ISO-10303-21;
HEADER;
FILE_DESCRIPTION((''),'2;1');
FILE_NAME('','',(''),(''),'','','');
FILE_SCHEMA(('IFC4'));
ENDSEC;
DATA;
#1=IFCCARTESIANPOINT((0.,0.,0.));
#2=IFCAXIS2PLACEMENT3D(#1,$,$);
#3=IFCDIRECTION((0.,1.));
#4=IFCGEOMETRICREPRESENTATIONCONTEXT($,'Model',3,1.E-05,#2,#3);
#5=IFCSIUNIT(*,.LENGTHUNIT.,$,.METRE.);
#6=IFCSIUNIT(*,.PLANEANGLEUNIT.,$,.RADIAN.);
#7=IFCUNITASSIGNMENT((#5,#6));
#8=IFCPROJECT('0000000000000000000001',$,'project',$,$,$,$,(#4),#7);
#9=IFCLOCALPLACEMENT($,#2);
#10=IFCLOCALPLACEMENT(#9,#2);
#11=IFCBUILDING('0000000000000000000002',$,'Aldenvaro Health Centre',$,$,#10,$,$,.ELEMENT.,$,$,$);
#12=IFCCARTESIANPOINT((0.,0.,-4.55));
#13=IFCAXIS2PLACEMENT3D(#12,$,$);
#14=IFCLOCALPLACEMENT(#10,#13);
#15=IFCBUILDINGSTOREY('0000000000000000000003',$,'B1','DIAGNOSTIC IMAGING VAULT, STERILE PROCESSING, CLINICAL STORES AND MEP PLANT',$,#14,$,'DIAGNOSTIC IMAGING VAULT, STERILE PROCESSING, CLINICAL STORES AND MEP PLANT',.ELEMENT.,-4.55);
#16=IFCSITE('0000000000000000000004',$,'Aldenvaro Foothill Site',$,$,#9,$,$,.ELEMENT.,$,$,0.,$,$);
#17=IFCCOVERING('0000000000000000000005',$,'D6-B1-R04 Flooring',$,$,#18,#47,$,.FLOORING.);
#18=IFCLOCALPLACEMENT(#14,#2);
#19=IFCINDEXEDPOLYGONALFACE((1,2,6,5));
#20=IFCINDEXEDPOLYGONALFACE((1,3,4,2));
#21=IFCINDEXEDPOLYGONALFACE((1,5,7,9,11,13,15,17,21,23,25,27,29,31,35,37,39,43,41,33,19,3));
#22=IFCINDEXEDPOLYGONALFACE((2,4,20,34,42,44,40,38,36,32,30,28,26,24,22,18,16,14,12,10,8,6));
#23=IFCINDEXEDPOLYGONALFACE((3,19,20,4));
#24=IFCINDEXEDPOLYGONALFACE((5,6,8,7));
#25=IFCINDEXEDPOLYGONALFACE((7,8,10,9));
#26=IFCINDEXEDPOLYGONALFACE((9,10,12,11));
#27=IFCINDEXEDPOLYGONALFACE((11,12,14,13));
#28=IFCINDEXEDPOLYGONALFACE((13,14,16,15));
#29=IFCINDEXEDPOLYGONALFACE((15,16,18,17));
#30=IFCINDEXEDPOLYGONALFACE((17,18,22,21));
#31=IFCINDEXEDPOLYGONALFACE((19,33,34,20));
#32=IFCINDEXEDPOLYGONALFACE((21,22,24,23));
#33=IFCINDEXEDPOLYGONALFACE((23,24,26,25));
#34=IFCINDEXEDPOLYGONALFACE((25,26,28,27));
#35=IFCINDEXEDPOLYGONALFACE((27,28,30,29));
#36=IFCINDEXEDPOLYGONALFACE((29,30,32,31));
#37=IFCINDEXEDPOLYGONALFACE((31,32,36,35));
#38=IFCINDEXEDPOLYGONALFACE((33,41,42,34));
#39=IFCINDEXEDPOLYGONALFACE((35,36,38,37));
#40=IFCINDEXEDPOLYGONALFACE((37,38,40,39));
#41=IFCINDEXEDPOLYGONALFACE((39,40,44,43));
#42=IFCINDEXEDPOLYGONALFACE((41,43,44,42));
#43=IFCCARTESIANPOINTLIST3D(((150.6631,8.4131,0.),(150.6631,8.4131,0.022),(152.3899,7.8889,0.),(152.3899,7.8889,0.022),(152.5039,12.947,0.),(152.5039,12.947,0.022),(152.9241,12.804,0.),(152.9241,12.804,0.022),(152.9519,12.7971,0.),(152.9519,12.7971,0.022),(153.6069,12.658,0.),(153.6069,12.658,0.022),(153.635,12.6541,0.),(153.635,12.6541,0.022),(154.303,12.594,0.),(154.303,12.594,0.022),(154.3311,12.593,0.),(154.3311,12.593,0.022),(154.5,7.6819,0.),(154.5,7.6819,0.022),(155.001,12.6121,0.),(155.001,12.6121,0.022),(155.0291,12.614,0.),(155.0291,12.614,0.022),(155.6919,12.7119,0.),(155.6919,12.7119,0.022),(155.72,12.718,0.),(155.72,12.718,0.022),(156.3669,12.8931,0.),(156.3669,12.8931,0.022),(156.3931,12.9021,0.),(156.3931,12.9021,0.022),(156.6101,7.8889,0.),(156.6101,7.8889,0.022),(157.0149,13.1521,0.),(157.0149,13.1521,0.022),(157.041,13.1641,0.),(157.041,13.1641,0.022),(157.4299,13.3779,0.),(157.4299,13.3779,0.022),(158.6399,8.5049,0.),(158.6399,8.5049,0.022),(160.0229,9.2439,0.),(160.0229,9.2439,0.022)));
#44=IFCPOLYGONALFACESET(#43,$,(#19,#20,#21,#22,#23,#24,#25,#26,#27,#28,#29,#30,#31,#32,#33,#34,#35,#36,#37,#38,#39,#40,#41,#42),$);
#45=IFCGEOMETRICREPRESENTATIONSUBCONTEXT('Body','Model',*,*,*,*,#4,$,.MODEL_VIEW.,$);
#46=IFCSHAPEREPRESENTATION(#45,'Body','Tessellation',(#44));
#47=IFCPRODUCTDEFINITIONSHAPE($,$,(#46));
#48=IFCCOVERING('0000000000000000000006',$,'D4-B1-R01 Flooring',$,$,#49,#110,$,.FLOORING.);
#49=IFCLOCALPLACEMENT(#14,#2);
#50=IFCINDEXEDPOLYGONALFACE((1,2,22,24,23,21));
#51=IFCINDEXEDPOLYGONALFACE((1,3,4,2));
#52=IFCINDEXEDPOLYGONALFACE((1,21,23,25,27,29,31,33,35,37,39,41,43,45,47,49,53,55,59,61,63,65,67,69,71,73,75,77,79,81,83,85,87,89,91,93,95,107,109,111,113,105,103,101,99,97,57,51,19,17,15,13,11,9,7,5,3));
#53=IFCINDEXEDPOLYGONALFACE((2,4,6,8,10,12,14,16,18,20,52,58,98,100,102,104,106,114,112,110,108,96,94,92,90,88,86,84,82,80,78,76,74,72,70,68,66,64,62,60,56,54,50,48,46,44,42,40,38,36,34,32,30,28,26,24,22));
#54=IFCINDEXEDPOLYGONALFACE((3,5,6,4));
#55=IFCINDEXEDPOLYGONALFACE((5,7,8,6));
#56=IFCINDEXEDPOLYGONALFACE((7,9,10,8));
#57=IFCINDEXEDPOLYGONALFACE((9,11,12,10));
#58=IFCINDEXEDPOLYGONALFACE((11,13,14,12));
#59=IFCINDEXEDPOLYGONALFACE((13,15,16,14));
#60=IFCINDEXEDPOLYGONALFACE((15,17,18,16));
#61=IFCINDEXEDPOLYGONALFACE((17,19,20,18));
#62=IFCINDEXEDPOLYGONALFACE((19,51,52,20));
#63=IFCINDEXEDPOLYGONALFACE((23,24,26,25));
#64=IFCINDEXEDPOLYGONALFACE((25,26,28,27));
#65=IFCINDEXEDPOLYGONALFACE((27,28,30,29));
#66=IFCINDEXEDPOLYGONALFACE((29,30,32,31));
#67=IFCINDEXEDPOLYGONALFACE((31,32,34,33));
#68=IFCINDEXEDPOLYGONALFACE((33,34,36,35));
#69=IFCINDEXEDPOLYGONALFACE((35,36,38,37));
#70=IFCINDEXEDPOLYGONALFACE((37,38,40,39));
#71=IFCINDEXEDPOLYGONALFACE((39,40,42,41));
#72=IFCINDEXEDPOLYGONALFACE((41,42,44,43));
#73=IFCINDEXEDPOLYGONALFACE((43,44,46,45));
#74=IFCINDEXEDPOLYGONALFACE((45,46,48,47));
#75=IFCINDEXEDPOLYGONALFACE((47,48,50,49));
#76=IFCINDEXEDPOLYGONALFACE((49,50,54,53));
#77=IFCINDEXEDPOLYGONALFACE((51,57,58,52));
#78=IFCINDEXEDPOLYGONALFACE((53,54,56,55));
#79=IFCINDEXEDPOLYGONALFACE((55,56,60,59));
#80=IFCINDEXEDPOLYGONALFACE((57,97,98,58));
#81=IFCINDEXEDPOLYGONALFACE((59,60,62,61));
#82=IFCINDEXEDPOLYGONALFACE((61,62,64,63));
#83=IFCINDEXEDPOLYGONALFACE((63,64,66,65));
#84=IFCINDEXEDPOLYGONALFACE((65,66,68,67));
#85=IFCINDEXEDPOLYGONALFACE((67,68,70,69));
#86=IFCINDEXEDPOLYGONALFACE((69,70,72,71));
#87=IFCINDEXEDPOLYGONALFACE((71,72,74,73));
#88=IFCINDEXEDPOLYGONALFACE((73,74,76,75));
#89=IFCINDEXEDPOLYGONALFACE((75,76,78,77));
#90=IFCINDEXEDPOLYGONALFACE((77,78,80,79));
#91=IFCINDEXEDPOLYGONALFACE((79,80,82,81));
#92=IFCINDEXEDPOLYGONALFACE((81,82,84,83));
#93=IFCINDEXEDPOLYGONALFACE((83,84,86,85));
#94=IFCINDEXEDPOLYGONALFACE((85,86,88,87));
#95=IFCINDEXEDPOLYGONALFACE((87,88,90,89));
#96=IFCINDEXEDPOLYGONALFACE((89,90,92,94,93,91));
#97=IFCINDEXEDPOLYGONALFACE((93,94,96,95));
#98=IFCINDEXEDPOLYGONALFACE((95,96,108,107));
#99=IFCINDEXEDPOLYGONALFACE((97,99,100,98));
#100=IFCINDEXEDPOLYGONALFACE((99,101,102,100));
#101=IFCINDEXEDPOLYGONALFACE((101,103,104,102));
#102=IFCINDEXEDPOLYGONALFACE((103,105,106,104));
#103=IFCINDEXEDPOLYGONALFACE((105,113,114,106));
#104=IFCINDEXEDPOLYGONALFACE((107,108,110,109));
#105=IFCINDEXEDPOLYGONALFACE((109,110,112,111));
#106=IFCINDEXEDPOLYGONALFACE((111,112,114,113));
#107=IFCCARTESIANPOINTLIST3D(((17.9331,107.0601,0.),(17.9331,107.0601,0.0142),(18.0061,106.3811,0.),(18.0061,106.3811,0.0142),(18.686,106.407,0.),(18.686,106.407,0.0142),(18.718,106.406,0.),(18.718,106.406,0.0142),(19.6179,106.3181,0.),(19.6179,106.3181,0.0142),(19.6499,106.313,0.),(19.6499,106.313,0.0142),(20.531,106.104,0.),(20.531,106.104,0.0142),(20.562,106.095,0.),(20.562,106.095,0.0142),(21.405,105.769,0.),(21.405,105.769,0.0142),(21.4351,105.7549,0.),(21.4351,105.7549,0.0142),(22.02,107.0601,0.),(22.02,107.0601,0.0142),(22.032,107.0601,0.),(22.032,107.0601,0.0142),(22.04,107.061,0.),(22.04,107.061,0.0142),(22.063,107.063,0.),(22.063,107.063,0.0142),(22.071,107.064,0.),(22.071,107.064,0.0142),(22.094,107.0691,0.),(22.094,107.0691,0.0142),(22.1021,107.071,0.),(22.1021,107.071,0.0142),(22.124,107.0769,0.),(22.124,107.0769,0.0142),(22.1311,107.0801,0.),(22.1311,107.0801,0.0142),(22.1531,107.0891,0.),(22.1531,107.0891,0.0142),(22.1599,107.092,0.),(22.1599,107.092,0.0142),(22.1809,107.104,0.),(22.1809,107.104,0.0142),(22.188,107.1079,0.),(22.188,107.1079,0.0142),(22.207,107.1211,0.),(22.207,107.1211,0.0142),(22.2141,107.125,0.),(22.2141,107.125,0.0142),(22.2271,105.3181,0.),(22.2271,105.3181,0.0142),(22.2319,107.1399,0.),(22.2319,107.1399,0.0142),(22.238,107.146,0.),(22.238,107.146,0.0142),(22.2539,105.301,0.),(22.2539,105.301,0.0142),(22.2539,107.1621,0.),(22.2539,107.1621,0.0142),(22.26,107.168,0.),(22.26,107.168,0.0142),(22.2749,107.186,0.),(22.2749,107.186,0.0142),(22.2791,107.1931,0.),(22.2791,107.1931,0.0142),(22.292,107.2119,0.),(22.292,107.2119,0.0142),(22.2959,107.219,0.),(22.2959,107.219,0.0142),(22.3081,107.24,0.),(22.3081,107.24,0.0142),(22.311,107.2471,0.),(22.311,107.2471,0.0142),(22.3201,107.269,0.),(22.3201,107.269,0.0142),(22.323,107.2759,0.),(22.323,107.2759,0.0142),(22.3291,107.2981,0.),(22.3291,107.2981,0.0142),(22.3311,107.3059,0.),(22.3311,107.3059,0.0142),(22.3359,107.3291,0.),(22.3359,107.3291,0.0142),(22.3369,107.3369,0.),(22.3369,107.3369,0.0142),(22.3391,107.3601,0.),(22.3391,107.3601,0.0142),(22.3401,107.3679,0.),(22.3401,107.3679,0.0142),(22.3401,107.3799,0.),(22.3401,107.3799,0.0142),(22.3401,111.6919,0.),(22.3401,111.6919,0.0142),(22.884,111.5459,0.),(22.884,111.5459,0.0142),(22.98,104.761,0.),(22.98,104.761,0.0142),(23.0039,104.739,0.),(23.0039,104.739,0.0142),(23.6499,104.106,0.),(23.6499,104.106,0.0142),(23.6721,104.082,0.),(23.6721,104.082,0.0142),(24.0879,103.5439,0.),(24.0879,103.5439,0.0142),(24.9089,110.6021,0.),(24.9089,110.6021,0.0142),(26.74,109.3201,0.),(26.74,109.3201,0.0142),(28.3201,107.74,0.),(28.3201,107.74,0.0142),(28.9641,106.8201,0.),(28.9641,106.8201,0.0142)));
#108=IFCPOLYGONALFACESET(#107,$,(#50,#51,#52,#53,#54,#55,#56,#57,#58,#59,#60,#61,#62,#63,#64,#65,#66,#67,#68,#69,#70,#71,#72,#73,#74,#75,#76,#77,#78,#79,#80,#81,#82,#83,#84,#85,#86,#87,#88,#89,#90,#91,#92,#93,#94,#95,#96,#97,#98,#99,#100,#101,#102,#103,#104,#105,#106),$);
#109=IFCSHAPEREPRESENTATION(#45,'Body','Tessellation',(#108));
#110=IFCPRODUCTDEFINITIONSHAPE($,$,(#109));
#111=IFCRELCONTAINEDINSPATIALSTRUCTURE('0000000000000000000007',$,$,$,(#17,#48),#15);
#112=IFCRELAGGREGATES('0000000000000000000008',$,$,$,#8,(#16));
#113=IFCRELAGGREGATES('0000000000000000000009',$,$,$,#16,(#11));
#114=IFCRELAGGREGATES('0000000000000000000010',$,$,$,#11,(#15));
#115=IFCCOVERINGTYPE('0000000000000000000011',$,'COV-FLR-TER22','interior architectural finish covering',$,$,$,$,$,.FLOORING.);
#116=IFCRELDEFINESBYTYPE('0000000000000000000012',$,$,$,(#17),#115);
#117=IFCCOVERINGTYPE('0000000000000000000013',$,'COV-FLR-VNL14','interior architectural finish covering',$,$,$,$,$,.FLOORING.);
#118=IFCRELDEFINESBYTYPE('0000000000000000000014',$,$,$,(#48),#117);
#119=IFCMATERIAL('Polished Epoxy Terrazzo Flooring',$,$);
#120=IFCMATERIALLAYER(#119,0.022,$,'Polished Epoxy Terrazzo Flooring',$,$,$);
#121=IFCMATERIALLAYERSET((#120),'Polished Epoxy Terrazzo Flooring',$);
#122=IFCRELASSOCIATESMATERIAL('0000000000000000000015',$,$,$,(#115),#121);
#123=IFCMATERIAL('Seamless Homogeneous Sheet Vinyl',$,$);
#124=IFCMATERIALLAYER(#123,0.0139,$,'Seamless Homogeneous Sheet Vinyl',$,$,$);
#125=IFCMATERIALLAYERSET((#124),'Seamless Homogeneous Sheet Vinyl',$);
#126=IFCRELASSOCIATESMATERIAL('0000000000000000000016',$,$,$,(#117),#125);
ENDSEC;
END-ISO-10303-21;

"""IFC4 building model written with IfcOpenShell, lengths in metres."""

from ifc_helpers import new_model, si_unit, direction, frame, origin, place, context, subcontext, project, spatial, polyline, outline, extrude, material, layer, layer_set, type_object, element, save


model = new_model("IFC4")

# Units and contexts
model_context = context("Model", 3, precision=1e-05, world=origin(), true_north=direction((0.0, 1.0)))
body_context = subcontext(model_context, "Body", "Model", "MODEL_VIEW")
ifc_project = project(units=[si_unit("LENGTHUNIT", "METRE"), si_unit("PLANEANGLEUNIT", "RADIAN")], contexts=[model_context])

# Site, building, storey
site_placement = place(None, origin())
site = spatial("IfcSite", under=ifc_project, at=site_placement, Name="Aldenvaro Foothill Site", CompositionType="ELEMENT", RefElevation=0.0)
building_placement = place(site_placement, origin())
building = spatial("IfcBuilding", under=site, at=building_placement, Name="Aldenvaro Health Centre", CompositionType="ELEMENT")
storey_placement = place(building_placement, frame((0.0, 0.0, -4.55)))
storey = spatial("IfcBuildingStorey", under=building, at=storey_placement, Name="B1", Description="DIAGNOSTIC IMAGING VAULT, STERILE PROCESSING, CLINICAL STORES AND MEP PLANT", LongName="DIAGNOSTIC IMAGING VAULT, STERILE PROCESSING, CLINICAL STORES AND MEP PLANT", CompositionType="ELEMENT", Elevation=-4.55)

# Coverings
ifc_material_1 = material(Name="Polished Epoxy Terrazzo Flooring")
ifc_layer_1 = layer(ifc_material_1, 0.022, Name="Polished Epoxy Terrazzo Flooring")
ifc_layer_set_1 = layer_set([ifc_layer_1], Name="Polished Epoxy Terrazzo Flooring")
covering_type_1 = type_object("IfcCoveringType", Name="COV-FLR-TER22", Description="interior architectural finish covering", PredefinedType="FLOORING", material=ifc_layer_set_1)
covering_1_placement = place(storey_placement, origin())
element("IfcCovering", 1, at=covering_1_placement, inside=storey, type_object=covering_type_1, Name="D6-B1-R04 Flooring", PredefinedType="FLOORING", context=body_context, shape_type="SweptSolid", body=[
    extrude(outline(polyline([(152.9241, 12.804), (152.9519, 12.7971), (153.6069, 12.658), (153.635, 12.6541), (154.303, 12.594), (154.3311, 12.593), (155.001, 12.6121), (155.0291, 12.614), (155.6919, 12.7119), (155.72, 12.718), (156.3669, 12.8931), (156.3931, 12.9021), (157.0149, 13.1521), (157.041, 13.1641), (157.4299, 13.3779), (160.0229, 9.2439), (158.6399, 8.5049), (156.6101, 7.8889), (154.5, 7.6819), (152.3899, 7.8889), (150.6631, 8.4131), (152.5039, 12.947), (152.9241, 12.804)])), origin(), (0.0, 0.0, 1.0), 0.022),
])
ifc_material_2 = material(Name="Seamless Homogeneous Sheet Vinyl")
ifc_layer_2 = layer(ifc_material_2, 0.0139, Name="Seamless Homogeneous Sheet Vinyl")
ifc_layer_set_2 = layer_set([ifc_layer_2], Name="Seamless Homogeneous Sheet Vinyl")
covering_type_2 = type_object("IfcCoveringType", Name="COV-FLR-VNL14", Description="interior architectural finish covering", PredefinedType="FLOORING", material=ifc_layer_set_2)
covering_2_placement = place(storey_placement, origin())
element("IfcCovering", 2, at=covering_2_placement, inside=storey, type_object=covering_type_2, Name="D4-B1-R01 Flooring", PredefinedType="FLOORING", context=body_context, shape_type="SweptSolid", body=[
    extrude(outline(polyline([(23.6721, 104.082), (23.6499, 104.106), (23.0039, 104.739), (22.98, 104.761), (22.2539, 105.301), (22.2271, 105.3181), (21.4351, 105.7549), (21.405, 105.769), (20.562, 106.095), (20.531, 106.104), (19.6499, 106.313), (19.6179, 106.3181), (18.718, 106.406), (18.686, 106.407), (18.0061, 106.3811), (17.9331, 107.0601), (22.02, 107.0601), (22.032, 107.0601), (22.04, 107.061), (22.063, 107.063), (22.071, 107.064), (22.094, 107.0691), (22.1021, 107.071), (22.124, 107.0769), (22.1311, 107.0801), (22.1531, 107.0891), (22.1599, 107.092), (22.1809, 107.104), (22.188, 107.1079), (22.207, 107.1211), (22.2141, 107.125), (22.2319, 107.1399), (22.238, 107.146), (22.2539, 107.1621), (22.26, 107.168), (22.2749, 107.186), (22.2791, 107.1931), (22.292, 107.2119), (22.2959, 107.219), (22.3081, 107.24), (22.311, 107.2471), (22.3201, 107.269), (22.323, 107.2759), (22.3291, 107.2981), (22.3311, 107.3059), (22.3359, 107.3291), (22.3369, 107.3369), (22.3391, 107.3601), (22.3401, 107.3679), (22.3401, 107.3799), (22.3401, 111.6919), (22.884, 111.5459), (24.9089, 110.6021), (26.74, 109.3201), (28.3201, 107.74), (28.9641, 106.8201), (24.0879, 103.5439), (23.6721, 104.082)])), origin(), (0.0, 0.0, 1.0), 0.0142),
])

save(model, "model.ifc")
